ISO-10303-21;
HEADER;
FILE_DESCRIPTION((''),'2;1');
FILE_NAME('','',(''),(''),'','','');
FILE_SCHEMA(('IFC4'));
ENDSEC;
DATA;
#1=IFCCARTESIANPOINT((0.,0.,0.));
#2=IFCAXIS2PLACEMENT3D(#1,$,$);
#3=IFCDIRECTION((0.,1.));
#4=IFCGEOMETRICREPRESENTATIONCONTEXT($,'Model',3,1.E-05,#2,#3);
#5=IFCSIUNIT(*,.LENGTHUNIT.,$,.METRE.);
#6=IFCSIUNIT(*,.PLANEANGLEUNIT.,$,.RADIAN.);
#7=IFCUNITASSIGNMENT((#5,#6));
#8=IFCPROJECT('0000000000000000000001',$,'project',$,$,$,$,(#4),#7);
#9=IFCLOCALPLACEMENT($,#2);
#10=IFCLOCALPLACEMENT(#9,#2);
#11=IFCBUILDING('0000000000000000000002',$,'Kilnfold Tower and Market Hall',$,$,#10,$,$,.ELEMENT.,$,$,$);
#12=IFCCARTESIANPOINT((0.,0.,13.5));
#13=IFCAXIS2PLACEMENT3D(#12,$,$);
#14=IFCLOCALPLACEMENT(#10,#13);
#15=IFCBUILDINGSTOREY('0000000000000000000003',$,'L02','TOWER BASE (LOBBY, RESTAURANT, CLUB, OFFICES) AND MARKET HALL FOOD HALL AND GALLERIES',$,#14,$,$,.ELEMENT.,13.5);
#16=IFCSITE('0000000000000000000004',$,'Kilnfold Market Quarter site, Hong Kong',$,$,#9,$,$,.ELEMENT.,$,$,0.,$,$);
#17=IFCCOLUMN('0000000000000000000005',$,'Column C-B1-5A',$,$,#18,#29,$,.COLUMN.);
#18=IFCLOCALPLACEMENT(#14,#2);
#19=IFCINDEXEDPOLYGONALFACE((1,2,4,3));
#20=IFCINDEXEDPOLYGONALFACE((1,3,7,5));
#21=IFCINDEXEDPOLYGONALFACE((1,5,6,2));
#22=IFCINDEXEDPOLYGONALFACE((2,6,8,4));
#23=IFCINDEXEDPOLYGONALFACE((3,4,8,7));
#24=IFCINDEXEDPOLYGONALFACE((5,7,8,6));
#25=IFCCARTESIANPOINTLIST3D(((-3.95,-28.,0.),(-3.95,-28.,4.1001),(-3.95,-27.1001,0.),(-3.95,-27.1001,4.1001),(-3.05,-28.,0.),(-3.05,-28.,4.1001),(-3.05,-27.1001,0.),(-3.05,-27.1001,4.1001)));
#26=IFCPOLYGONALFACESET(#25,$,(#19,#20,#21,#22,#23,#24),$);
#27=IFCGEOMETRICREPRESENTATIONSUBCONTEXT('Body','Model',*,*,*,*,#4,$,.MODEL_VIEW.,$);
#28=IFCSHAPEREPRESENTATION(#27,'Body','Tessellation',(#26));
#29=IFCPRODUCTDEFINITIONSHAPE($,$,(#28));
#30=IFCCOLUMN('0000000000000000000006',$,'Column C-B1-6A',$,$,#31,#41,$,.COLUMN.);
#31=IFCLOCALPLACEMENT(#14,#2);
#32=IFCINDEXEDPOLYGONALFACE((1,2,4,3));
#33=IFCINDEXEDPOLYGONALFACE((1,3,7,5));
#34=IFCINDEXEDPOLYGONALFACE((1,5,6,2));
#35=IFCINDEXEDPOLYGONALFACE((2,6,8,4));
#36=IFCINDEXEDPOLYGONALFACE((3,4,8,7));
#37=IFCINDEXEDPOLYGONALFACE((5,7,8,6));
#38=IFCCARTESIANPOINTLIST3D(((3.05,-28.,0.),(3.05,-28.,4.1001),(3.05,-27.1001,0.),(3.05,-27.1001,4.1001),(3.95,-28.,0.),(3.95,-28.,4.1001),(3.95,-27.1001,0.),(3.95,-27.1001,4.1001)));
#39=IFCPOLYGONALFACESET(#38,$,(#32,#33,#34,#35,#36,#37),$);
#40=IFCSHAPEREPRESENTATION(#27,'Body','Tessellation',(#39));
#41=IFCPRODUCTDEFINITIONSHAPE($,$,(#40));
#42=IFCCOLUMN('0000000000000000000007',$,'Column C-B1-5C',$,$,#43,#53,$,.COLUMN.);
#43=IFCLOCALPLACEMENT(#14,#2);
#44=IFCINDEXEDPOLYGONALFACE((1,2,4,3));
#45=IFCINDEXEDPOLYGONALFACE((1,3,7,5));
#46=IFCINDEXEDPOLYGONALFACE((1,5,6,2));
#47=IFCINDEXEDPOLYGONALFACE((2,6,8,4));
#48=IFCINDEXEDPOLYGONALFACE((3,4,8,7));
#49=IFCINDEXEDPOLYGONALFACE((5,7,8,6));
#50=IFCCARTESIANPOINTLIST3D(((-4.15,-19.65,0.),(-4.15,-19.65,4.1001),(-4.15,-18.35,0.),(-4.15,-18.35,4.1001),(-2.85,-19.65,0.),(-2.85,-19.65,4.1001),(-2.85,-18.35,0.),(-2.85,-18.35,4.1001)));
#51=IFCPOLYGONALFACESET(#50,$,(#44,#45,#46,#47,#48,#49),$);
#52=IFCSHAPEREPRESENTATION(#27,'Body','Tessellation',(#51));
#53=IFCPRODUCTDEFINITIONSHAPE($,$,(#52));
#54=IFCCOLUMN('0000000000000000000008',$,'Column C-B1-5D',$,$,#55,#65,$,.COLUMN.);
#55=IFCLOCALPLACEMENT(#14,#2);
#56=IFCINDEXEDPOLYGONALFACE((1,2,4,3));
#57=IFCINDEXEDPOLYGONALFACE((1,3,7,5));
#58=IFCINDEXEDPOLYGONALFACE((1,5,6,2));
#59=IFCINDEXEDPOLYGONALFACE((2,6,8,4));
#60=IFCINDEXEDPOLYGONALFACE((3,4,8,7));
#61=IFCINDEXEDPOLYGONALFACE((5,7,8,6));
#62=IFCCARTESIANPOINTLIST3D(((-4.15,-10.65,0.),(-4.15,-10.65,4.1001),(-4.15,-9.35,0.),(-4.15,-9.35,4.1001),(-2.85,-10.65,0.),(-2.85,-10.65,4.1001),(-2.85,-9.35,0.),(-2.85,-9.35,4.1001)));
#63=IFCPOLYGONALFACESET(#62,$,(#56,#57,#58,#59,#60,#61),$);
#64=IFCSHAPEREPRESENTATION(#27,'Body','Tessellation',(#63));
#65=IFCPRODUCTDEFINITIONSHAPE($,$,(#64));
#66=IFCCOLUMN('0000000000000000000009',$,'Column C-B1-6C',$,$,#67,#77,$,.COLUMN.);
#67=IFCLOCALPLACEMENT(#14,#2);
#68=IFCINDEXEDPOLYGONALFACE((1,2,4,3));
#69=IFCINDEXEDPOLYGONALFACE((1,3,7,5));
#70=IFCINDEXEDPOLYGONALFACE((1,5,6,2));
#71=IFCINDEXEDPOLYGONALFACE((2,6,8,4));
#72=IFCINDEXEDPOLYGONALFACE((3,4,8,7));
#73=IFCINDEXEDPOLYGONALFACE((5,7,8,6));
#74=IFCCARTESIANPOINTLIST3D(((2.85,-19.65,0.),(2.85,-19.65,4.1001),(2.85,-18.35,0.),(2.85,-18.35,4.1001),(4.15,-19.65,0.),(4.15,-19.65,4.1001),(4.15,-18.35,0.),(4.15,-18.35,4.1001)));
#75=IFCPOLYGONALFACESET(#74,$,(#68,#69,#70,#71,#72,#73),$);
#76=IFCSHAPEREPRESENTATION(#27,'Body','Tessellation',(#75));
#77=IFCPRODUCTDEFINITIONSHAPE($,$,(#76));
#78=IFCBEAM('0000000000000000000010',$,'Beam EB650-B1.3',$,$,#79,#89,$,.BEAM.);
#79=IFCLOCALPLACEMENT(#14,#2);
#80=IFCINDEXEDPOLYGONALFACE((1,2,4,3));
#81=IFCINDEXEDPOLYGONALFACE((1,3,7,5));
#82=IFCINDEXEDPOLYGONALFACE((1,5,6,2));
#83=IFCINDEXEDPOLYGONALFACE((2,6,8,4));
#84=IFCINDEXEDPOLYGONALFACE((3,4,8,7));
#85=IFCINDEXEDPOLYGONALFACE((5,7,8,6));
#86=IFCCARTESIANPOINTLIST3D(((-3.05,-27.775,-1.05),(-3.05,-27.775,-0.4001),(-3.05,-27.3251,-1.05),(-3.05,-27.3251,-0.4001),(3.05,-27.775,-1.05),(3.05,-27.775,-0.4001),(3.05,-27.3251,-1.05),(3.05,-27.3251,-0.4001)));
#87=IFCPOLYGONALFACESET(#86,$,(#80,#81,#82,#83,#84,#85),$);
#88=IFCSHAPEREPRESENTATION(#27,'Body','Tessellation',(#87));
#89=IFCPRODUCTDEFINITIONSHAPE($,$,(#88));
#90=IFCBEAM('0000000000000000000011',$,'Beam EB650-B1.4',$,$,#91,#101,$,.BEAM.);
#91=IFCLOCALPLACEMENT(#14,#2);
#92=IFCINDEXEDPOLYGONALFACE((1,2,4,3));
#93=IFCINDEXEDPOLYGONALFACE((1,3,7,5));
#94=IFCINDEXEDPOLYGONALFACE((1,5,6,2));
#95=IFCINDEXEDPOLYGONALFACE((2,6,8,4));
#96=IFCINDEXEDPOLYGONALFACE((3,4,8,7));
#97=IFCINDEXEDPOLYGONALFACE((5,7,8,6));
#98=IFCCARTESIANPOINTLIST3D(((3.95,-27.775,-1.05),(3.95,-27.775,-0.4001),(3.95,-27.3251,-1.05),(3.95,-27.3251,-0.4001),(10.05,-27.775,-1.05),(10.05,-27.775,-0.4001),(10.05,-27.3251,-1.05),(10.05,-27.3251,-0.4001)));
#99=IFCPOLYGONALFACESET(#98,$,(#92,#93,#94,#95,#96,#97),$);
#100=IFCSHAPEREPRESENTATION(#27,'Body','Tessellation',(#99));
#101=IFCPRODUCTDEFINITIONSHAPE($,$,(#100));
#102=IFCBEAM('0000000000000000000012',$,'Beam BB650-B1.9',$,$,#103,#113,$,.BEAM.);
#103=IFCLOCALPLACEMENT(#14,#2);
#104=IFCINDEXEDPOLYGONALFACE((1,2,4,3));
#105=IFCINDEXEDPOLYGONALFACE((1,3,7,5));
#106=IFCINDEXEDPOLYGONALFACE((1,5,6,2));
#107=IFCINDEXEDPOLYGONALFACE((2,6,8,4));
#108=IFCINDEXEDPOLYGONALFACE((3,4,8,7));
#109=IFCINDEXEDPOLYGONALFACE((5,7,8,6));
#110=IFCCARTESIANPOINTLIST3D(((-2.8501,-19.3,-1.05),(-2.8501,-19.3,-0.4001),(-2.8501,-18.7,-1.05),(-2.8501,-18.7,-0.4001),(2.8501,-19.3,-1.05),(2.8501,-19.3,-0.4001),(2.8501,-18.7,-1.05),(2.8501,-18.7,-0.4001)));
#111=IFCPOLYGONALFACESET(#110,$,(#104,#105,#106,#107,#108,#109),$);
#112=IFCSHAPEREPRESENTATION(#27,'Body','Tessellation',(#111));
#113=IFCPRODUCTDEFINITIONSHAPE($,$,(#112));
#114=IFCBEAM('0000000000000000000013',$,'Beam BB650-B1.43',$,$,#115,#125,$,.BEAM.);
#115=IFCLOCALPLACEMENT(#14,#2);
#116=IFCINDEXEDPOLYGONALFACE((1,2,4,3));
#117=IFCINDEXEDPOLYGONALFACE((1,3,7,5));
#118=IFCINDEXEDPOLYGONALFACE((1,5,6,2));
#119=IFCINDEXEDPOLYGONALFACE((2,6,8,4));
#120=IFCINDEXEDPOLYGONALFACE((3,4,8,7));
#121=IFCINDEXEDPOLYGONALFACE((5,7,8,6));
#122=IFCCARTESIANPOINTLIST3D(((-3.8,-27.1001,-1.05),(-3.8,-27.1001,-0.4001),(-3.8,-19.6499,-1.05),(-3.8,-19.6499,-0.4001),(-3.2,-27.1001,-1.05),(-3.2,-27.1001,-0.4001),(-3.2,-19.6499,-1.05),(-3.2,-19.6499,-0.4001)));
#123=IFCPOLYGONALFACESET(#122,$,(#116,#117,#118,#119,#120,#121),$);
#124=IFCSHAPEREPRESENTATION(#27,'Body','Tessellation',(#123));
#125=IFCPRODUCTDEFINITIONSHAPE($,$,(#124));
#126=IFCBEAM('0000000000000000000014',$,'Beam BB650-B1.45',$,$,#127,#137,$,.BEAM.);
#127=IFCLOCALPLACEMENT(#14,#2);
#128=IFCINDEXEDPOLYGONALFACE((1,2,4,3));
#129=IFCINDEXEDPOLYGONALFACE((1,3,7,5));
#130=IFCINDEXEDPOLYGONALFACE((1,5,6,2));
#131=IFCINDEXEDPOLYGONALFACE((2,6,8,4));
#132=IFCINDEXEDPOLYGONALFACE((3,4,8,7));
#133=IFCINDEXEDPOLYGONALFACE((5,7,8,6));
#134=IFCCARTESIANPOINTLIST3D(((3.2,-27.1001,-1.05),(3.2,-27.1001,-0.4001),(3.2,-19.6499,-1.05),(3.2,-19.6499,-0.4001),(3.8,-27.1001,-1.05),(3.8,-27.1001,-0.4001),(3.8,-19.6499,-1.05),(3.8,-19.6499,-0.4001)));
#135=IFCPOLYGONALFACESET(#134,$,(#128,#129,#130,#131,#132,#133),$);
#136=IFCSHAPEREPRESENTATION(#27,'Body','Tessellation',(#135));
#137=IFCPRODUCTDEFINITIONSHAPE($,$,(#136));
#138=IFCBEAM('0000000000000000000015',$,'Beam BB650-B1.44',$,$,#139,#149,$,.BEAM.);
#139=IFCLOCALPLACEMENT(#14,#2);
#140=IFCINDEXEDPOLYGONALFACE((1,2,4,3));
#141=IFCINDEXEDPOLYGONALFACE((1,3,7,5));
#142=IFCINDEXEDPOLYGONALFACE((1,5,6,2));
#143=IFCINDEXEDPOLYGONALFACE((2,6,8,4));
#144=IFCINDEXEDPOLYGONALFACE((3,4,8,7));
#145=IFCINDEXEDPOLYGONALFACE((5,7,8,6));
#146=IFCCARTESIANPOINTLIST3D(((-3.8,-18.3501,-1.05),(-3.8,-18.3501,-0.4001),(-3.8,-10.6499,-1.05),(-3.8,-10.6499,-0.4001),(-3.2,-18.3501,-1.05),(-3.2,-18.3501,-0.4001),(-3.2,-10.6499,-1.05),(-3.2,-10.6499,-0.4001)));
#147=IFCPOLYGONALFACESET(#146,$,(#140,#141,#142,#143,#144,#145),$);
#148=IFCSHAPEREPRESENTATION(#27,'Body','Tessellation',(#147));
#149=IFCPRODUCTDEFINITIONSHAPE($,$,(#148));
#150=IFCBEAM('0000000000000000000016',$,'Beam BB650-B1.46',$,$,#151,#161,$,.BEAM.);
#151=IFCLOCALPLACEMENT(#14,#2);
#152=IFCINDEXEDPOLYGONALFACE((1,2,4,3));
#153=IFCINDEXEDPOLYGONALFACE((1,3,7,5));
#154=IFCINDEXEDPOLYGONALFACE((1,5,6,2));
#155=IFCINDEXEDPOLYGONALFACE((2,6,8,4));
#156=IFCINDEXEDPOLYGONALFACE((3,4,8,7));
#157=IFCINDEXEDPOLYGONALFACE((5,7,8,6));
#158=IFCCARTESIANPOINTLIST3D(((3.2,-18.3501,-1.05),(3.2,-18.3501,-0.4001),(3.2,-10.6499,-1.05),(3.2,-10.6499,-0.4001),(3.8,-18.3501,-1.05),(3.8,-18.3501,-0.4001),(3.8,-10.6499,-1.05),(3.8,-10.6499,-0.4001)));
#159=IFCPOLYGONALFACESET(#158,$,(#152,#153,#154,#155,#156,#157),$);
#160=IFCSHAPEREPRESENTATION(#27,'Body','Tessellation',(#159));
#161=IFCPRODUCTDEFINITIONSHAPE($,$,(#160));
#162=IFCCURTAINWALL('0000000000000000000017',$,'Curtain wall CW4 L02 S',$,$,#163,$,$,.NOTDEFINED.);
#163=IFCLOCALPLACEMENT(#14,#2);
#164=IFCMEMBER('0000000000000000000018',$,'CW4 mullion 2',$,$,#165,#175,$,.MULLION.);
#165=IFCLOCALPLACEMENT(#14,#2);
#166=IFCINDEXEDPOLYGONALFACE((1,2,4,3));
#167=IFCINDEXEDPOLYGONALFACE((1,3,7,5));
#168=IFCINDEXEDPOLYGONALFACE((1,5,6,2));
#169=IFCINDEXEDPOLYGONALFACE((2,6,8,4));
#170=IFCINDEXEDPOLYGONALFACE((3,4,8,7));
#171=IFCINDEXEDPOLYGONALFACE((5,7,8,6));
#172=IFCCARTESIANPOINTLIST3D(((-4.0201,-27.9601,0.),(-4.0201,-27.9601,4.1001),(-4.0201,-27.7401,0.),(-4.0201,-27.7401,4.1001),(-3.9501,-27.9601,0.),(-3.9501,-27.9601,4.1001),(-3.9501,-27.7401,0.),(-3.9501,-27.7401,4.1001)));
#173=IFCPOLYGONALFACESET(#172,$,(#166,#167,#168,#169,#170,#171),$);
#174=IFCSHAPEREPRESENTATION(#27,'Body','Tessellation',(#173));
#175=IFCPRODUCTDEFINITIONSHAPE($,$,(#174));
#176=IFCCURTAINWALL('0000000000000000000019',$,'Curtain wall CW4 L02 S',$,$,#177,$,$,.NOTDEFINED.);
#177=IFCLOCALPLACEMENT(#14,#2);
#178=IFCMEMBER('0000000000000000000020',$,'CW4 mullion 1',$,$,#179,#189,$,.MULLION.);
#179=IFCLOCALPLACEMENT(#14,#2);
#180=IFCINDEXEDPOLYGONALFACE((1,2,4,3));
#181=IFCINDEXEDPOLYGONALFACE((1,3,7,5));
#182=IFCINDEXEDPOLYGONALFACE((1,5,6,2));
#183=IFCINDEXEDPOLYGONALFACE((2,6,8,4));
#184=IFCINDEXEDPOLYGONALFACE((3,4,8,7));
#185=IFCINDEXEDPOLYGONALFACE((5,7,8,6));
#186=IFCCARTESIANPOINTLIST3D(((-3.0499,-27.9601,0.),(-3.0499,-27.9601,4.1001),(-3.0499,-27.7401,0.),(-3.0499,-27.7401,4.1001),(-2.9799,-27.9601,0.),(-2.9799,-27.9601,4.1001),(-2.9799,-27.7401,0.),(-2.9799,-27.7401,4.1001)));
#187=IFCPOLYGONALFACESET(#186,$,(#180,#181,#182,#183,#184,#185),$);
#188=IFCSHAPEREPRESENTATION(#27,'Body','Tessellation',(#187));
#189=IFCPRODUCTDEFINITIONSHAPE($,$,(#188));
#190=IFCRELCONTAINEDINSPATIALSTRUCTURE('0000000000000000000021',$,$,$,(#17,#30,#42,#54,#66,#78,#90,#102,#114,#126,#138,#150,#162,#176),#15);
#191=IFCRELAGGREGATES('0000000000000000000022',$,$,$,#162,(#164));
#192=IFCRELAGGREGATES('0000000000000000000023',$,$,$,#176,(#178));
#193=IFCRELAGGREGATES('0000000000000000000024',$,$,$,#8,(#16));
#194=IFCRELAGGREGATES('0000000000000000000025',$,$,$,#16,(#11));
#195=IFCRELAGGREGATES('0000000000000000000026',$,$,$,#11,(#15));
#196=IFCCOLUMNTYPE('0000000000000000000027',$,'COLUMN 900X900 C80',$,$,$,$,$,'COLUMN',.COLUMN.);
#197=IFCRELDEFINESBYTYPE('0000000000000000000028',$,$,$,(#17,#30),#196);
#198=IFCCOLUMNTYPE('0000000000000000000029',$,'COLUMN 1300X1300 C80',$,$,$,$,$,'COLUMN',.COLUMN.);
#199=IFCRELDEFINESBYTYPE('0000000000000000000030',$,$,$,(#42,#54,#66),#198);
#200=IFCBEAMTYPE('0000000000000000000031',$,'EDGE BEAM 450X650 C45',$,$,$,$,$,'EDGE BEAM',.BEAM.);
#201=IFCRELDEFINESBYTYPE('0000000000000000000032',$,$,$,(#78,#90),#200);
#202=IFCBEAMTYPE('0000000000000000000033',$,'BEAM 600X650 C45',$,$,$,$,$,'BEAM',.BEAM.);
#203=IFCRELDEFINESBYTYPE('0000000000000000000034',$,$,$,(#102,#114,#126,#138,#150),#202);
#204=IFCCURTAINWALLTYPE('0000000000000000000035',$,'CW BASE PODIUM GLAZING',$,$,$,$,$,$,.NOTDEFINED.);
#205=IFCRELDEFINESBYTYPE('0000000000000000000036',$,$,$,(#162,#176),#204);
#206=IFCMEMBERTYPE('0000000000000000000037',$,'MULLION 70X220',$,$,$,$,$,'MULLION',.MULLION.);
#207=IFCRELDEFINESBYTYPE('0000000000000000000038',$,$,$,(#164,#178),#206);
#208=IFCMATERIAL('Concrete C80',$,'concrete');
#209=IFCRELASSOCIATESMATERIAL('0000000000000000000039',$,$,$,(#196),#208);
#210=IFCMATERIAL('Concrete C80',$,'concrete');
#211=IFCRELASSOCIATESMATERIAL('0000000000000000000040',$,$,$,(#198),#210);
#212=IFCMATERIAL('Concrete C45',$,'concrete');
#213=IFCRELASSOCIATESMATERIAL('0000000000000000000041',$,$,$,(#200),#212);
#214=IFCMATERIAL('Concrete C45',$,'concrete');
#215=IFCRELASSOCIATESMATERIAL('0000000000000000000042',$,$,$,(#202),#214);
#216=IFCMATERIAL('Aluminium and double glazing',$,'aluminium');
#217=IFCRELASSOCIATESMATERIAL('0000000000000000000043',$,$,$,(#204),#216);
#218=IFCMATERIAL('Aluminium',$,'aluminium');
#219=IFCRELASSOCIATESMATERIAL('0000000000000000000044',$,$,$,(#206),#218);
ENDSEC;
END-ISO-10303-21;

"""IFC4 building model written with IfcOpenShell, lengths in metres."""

from ifc_helpers import new_model, si_unit, direction, frame, origin, origin_2d, place, context, subcontext, project, spatial, rectangle, extrude, source, transform, mapped, material, material_profile, profile_set, type_object, element, aggregate, save


model = new_model("IFC4")

# Units and contexts
model_context = context("Model", 3, precision=1e-05, world=origin(), true_north=direction((0.0, 1.0)))
body_context = subcontext(model_context, "Body", "Model", "MODEL_VIEW")
ifc_project = project(units=[si_unit("LENGTHUNIT", "METRE"), si_unit("PLANEANGLEUNIT", "RADIAN")], contexts=[model_context])

# Site, building, storey
site_placement = place(None, origin())
site = spatial("IfcSite", under=ifc_project, at=site_placement, Name="Kilnfold Market Quarter site, Hong Kong", CompositionType="ELEMENT", RefElevation=0.0)
building_placement = place(site_placement, origin())
building = spatial("IfcBuilding", under=site, at=building_placement, Name="Kilnfold Tower and Market Hall", CompositionType="ELEMENT")
storey_placement = place(building_placement, frame((0.0, 0.0, 13.5)))
storey = spatial("IfcBuildingStorey", under=building, at=storey_placement, Name="L02", Description="TOWER BASE (LOBBY, RESTAURANT, CLUB, OFFICES) AND MARKET HALL FOOD HALL AND GALLERIES", CompositionType="ELEMENT", Elevation=13.5)

# Columns
ifc_material_1 = material(Name="Concrete C80", Category="concrete")
ifc_material_profile_1 = material_profile(ifc_material_1, rectangle(XDim=0.8999, YDim=0.8999, at=origin_2d()), Name="RC 900x900")
ifc_profile_set_1 = profile_set([ifc_material_profile_1], Name="Concrete C80")
column_type_1 = type_object("IfcColumnType", Name="COLUMN 900X900 C80", ElementType="COLUMN", PredefinedType="COLUMN", material=ifc_profile_set_1)
shared_shape_1 = source(origin(), body_context, "Body", "SweptSolid", [
    extrude(rectangle(XDim=0.8999, YDim=0.8999, at=origin_2d()), origin(), (0.0, 0.0, 1.0), 4.1001),
])
for number, where, z_axis, x_axis, name in (
    (1, (-3.5, -27.55, 0.0), (0.0, 0.0, 1.0), (1.0, 0.0, 0.0), "Column C-B1-5A"),
    (2, (3.5, -27.55, 0.0), (0.0, 0.0, 1.0), (1.0, 0.0, 0.0), "Column C-B1-6A"),
):
    element("IfcColumn", number, at=place(storey_placement, frame(where, z_axis=z_axis, x_axis=x_axis)), inside=storey, type_object=column_type_1, Name=name, PredefinedType="COLUMN", context=body_context, shape_type="MappedRepresentation", body=[
        mapped(shared_shape_1, transform((0.0, 0.0, 0.0))),
    ])
ifc_material_2 = material(Name="Concrete C80", Category="concrete")
ifc_material_profile_2 = material_profile(ifc_material_2, rectangle(XDim=1.3, YDim=1.3, at=origin_2d()), Name="RC 1300x1300")
ifc_profile_set_2 = profile_set([ifc_material_profile_2], Name="Concrete C80")
column_type_2 = type_object("IfcColumnType", Name="COLUMN 1300X1300 C80", ElementType="COLUMN", PredefinedType="COLUMN", material=ifc_profile_set_2)
shared_shape_2 = source(origin(), body_context, "Body", "SweptSolid", [
    extrude(rectangle(XDim=1.3, YDim=1.3, at=origin_2d()), origin(), (0.0, 0.0, 1.0), 4.1001),
])
for number, where, z_axis, x_axis, name in (
    (3, (-3.5, -19.0, 0.0), (0.0, 0.0, 1.0), (1.0, 0.0, 0.0), "Column C-B1-5C"),
    (4, (-3.5, -10.0, 0.0), (0.0, 0.0, 1.0), (1.0, 0.0, 0.0), "Column C-B1-5D"),
    (5, (3.5, -19.0, 0.0), (0.0, 0.0, 1.0), (1.0, 0.0, 0.0), "Column C-B1-6C"),
):
    element("IfcColumn", number, at=place(storey_placement, frame(where, z_axis=z_axis, x_axis=x_axis)), inside=storey, type_object=column_type_2, Name=name, PredefinedType="COLUMN", context=body_context, shape_type="MappedRepresentation", body=[
        mapped(shared_shape_2, transform((0.0, 0.0, 0.0))),
    ])

# Beams
ifc_material_3 = material(Name="Concrete C45", Category="concrete")
ifc_material_profile_3 = material_profile(ifc_material_3, rectangle(XDim=0.45, YDim=0.6499, at=origin_2d()), Name="RC 450x650")
ifc_profile_set_3 = profile_set([ifc_material_profile_3], Name="Concrete C45")
beam_type_1 = type_object("IfcBeamType", Name="EDGE BEAM 450X650 C45", ElementType="EDGE BEAM", PredefinedType="BEAM", material=ifc_profile_set_3)
shared_shape_3 = source(origin(), body_context, "Body", "SweptSolid", [
    extrude(rectangle(XDim=0.45, YDim=0.6499, at=origin_2d()), origin(), (0.0, 0.0, 1.0), 6.1001),
])
for number, where, z_axis, x_axis, name in (
    (6, (-3.05, -27.55, -0.7251), (1.0, 0.0, 0.0), (0.0, 1.0, 0.0), "Beam EB650-B1.3"),
    (7, (3.95, -27.55, -0.7251), (1.0, 0.0, 0.0), (0.0, 1.0, 0.0), "Beam EB650-B1.4"),
):
    element("IfcBeam", number, at=place(storey_placement, frame(where, z_axis=z_axis, x_axis=x_axis)), inside=storey, type_object=beam_type_1, Name=name, PredefinedType="BEAM", context=body_context, shape_type="MappedRepresentation", body=[
        mapped(shared_shape_3, transform((0.0, 0.0, 0.0))),
    ])
ifc_material_4 = material(Name="Concrete C45", Category="concrete")
ifc_material_profile_4 = material_profile(ifc_material_4, rectangle(XDim=0.6001, YDim=0.6499, at=origin_2d()), Name="RC 600x650")
ifc_profile_set_4 = profile_set([ifc_material_profile_4], Name="Concrete C45")
beam_type_2 = type_object("IfcBeamType", Name="BEAM 600X650 C45", ElementType="BEAM", PredefinedType="BEAM", material=ifc_profile_set_4)
shared_shape_4 = source(origin(), body_context, "Body", "SweptSolid", [
    extrude(rectangle(XDim=0.6001, YDim=0.6499, at=origin_2d()), origin(), (0.0, 0.0, 1.0), 5.7002),
])
beam_placement = place(storey_placement, frame((-2.8501, -19.0, -0.7251), z_axis=(1.0, 0.0, 0.0), x_axis=(0.0, 1.0, 0.0)))
element("IfcBeam", 8, at=beam_placement, inside=storey, type_object=beam_type_2, Name="Beam BB650-B1.9", PredefinedType="BEAM", context=body_context, shape_type="MappedRepresentation", body=[
    mapped(shared_shape_4, transform((0.0, 0.0, 0.0))),
])
shared_shape_5 = source(origin(), body_context, "Body", "SweptSolid", [
    extrude(rectangle(XDim=0.6001, YDim=0.6499, at=origin_2d()), origin(), (0.0, 0.0, 1.0), 7.4502),
])
for number, where, z_axis, x_axis, name in (
    (9, (-3.5, -27.1001, -0.7251), (0.0, 1.0, 0.0), (-1.0, 0.0, 0.0), "Beam BB650-B1.43"),
    (10, (3.5, -27.1001, -0.7251), (0.0, 1.0, 0.0), (-1.0, 0.0, 0.0), "Beam BB650-B1.45"),
):
    element("IfcBeam", number, at=place(storey_placement, frame(where, z_axis=z_axis, x_axis=x_axis)), inside=storey, type_object=beam_type_2, Name=name, PredefinedType="BEAM", context=body_context, shape_type="MappedRepresentation", body=[
        mapped(shared_shape_5, transform((0.0, 0.0, 0.0))),
    ])
shared_shape_6 = source(origin(), body_context, "Body", "SweptSolid", [
    extrude(rectangle(XDim=0.6001, YDim=0.6499, at=origin_2d()), origin(), (0.0, 0.0, 1.0), 7.7002),
])
for number, where, z_axis, x_axis, name in (
    (11, (-3.5, -18.3501, -0.7251), (0.0, 1.0, 0.0), (-1.0, 0.0, 0.0), "Beam BB650-B1.44"),
    (12, (3.5, -18.3501, -0.7251), (0.0, 1.0, 0.0), (-1.0, 0.0, 0.0), "Beam BB650-B1.46"),
):
    element("IfcBeam", number, at=place(storey_placement, frame(where, z_axis=z_axis, x_axis=x_axis)), inside=storey, type_object=beam_type_2, Name=name, PredefinedType="BEAM", context=body_context, shape_type="MappedRepresentation", body=[
        mapped(shared_shape_6, transform((0.0, 0.0, 0.0))),
    ])

# Curtain wall, member
ifc_material_5 = material(Name="Aluminium and double glazing", Category="aluminium")
curtain_wall_type = type_object("IfcCurtainWallType", Name="CW BASE PODIUM GLAZING", PredefinedType="NOTDEFINED", material=ifc_material_5)
curtain_wall_1_placement = place(storey_placement, origin())
curtain_wall_1 = element("IfcCurtainWall", 13, at=curtain_wall_1_placement, inside=storey, type_object=curtain_wall_type, Name="Curtain wall CW4 L02 S", PredefinedType="NOTDEFINED")
ifc_material_6 = material(Name="Aluminium", Category="aluminium")
ifc_material_profile_5 = material_profile(ifc_material_6, rectangle(XDim=0.0701, YDim=0.22, at=origin_2d()), Name="MULLION 70x220")
ifc_profile_set_5 = profile_set([ifc_material_profile_5], Name="Aluminium")
member_type_1 = type_object("IfcMemberType", Name="MULLION 70X220", ElementType="MULLION", PredefinedType="MULLION", material=ifc_profile_set_5)
shared_shape_7 = source(origin(), body_context, "Body", "SweptSolid", [
    extrude(rectangle(XDim=0.0701, YDim=0.22, at=origin_2d()), origin(), (0.0, 0.0, 1.0), 4.1001),
])
member_1_placement = place(storey_placement, frame((-3.9851, -27.8501, 0.0), z_axis=(0.0, 0.0, 1.0), x_axis=(1.0, 0.0, 0.0)))
member_1 = element("IfcMember", 14, at=member_1_placement, type_object=member_type_1, Name="CW4 mullion 2", PredefinedType="MULLION", context=body_context, shape_type="MappedRepresentation", body=[
    mapped(shared_shape_7, transform((0.0, 0.0, 0.0))),
])
aggregate(curtain_wall_1, [member_1])

# Curtain wall, member
curtain_wall_2_placement = place(storey_placement, origin())
curtain_wall_2 = element("IfcCurtainWall", 15, at=curtain_wall_2_placement, inside=storey, type_object=curtain_wall_type, Name="Curtain wall CW4 L02 S", PredefinedType="NOTDEFINED")
member_2_placement = place(storey_placement, frame((-3.0149, -27.8501, 0.0), z_axis=(0.0, 0.0, 1.0), x_axis=(1.0, 0.0, 0.0)))
member_2 = element("IfcMember", 16, at=member_2_placement, type_object=member_type_1, Name="CW4 mullion 1", PredefinedType="MULLION", context=body_context, shape_type="MappedRepresentation", body=[
    mapped(shared_shape_7, transform((0.0, 0.0, 0.0))),
])

aggregate(curtain_wall_2, [member_2])

save(model, "model.ifc")
